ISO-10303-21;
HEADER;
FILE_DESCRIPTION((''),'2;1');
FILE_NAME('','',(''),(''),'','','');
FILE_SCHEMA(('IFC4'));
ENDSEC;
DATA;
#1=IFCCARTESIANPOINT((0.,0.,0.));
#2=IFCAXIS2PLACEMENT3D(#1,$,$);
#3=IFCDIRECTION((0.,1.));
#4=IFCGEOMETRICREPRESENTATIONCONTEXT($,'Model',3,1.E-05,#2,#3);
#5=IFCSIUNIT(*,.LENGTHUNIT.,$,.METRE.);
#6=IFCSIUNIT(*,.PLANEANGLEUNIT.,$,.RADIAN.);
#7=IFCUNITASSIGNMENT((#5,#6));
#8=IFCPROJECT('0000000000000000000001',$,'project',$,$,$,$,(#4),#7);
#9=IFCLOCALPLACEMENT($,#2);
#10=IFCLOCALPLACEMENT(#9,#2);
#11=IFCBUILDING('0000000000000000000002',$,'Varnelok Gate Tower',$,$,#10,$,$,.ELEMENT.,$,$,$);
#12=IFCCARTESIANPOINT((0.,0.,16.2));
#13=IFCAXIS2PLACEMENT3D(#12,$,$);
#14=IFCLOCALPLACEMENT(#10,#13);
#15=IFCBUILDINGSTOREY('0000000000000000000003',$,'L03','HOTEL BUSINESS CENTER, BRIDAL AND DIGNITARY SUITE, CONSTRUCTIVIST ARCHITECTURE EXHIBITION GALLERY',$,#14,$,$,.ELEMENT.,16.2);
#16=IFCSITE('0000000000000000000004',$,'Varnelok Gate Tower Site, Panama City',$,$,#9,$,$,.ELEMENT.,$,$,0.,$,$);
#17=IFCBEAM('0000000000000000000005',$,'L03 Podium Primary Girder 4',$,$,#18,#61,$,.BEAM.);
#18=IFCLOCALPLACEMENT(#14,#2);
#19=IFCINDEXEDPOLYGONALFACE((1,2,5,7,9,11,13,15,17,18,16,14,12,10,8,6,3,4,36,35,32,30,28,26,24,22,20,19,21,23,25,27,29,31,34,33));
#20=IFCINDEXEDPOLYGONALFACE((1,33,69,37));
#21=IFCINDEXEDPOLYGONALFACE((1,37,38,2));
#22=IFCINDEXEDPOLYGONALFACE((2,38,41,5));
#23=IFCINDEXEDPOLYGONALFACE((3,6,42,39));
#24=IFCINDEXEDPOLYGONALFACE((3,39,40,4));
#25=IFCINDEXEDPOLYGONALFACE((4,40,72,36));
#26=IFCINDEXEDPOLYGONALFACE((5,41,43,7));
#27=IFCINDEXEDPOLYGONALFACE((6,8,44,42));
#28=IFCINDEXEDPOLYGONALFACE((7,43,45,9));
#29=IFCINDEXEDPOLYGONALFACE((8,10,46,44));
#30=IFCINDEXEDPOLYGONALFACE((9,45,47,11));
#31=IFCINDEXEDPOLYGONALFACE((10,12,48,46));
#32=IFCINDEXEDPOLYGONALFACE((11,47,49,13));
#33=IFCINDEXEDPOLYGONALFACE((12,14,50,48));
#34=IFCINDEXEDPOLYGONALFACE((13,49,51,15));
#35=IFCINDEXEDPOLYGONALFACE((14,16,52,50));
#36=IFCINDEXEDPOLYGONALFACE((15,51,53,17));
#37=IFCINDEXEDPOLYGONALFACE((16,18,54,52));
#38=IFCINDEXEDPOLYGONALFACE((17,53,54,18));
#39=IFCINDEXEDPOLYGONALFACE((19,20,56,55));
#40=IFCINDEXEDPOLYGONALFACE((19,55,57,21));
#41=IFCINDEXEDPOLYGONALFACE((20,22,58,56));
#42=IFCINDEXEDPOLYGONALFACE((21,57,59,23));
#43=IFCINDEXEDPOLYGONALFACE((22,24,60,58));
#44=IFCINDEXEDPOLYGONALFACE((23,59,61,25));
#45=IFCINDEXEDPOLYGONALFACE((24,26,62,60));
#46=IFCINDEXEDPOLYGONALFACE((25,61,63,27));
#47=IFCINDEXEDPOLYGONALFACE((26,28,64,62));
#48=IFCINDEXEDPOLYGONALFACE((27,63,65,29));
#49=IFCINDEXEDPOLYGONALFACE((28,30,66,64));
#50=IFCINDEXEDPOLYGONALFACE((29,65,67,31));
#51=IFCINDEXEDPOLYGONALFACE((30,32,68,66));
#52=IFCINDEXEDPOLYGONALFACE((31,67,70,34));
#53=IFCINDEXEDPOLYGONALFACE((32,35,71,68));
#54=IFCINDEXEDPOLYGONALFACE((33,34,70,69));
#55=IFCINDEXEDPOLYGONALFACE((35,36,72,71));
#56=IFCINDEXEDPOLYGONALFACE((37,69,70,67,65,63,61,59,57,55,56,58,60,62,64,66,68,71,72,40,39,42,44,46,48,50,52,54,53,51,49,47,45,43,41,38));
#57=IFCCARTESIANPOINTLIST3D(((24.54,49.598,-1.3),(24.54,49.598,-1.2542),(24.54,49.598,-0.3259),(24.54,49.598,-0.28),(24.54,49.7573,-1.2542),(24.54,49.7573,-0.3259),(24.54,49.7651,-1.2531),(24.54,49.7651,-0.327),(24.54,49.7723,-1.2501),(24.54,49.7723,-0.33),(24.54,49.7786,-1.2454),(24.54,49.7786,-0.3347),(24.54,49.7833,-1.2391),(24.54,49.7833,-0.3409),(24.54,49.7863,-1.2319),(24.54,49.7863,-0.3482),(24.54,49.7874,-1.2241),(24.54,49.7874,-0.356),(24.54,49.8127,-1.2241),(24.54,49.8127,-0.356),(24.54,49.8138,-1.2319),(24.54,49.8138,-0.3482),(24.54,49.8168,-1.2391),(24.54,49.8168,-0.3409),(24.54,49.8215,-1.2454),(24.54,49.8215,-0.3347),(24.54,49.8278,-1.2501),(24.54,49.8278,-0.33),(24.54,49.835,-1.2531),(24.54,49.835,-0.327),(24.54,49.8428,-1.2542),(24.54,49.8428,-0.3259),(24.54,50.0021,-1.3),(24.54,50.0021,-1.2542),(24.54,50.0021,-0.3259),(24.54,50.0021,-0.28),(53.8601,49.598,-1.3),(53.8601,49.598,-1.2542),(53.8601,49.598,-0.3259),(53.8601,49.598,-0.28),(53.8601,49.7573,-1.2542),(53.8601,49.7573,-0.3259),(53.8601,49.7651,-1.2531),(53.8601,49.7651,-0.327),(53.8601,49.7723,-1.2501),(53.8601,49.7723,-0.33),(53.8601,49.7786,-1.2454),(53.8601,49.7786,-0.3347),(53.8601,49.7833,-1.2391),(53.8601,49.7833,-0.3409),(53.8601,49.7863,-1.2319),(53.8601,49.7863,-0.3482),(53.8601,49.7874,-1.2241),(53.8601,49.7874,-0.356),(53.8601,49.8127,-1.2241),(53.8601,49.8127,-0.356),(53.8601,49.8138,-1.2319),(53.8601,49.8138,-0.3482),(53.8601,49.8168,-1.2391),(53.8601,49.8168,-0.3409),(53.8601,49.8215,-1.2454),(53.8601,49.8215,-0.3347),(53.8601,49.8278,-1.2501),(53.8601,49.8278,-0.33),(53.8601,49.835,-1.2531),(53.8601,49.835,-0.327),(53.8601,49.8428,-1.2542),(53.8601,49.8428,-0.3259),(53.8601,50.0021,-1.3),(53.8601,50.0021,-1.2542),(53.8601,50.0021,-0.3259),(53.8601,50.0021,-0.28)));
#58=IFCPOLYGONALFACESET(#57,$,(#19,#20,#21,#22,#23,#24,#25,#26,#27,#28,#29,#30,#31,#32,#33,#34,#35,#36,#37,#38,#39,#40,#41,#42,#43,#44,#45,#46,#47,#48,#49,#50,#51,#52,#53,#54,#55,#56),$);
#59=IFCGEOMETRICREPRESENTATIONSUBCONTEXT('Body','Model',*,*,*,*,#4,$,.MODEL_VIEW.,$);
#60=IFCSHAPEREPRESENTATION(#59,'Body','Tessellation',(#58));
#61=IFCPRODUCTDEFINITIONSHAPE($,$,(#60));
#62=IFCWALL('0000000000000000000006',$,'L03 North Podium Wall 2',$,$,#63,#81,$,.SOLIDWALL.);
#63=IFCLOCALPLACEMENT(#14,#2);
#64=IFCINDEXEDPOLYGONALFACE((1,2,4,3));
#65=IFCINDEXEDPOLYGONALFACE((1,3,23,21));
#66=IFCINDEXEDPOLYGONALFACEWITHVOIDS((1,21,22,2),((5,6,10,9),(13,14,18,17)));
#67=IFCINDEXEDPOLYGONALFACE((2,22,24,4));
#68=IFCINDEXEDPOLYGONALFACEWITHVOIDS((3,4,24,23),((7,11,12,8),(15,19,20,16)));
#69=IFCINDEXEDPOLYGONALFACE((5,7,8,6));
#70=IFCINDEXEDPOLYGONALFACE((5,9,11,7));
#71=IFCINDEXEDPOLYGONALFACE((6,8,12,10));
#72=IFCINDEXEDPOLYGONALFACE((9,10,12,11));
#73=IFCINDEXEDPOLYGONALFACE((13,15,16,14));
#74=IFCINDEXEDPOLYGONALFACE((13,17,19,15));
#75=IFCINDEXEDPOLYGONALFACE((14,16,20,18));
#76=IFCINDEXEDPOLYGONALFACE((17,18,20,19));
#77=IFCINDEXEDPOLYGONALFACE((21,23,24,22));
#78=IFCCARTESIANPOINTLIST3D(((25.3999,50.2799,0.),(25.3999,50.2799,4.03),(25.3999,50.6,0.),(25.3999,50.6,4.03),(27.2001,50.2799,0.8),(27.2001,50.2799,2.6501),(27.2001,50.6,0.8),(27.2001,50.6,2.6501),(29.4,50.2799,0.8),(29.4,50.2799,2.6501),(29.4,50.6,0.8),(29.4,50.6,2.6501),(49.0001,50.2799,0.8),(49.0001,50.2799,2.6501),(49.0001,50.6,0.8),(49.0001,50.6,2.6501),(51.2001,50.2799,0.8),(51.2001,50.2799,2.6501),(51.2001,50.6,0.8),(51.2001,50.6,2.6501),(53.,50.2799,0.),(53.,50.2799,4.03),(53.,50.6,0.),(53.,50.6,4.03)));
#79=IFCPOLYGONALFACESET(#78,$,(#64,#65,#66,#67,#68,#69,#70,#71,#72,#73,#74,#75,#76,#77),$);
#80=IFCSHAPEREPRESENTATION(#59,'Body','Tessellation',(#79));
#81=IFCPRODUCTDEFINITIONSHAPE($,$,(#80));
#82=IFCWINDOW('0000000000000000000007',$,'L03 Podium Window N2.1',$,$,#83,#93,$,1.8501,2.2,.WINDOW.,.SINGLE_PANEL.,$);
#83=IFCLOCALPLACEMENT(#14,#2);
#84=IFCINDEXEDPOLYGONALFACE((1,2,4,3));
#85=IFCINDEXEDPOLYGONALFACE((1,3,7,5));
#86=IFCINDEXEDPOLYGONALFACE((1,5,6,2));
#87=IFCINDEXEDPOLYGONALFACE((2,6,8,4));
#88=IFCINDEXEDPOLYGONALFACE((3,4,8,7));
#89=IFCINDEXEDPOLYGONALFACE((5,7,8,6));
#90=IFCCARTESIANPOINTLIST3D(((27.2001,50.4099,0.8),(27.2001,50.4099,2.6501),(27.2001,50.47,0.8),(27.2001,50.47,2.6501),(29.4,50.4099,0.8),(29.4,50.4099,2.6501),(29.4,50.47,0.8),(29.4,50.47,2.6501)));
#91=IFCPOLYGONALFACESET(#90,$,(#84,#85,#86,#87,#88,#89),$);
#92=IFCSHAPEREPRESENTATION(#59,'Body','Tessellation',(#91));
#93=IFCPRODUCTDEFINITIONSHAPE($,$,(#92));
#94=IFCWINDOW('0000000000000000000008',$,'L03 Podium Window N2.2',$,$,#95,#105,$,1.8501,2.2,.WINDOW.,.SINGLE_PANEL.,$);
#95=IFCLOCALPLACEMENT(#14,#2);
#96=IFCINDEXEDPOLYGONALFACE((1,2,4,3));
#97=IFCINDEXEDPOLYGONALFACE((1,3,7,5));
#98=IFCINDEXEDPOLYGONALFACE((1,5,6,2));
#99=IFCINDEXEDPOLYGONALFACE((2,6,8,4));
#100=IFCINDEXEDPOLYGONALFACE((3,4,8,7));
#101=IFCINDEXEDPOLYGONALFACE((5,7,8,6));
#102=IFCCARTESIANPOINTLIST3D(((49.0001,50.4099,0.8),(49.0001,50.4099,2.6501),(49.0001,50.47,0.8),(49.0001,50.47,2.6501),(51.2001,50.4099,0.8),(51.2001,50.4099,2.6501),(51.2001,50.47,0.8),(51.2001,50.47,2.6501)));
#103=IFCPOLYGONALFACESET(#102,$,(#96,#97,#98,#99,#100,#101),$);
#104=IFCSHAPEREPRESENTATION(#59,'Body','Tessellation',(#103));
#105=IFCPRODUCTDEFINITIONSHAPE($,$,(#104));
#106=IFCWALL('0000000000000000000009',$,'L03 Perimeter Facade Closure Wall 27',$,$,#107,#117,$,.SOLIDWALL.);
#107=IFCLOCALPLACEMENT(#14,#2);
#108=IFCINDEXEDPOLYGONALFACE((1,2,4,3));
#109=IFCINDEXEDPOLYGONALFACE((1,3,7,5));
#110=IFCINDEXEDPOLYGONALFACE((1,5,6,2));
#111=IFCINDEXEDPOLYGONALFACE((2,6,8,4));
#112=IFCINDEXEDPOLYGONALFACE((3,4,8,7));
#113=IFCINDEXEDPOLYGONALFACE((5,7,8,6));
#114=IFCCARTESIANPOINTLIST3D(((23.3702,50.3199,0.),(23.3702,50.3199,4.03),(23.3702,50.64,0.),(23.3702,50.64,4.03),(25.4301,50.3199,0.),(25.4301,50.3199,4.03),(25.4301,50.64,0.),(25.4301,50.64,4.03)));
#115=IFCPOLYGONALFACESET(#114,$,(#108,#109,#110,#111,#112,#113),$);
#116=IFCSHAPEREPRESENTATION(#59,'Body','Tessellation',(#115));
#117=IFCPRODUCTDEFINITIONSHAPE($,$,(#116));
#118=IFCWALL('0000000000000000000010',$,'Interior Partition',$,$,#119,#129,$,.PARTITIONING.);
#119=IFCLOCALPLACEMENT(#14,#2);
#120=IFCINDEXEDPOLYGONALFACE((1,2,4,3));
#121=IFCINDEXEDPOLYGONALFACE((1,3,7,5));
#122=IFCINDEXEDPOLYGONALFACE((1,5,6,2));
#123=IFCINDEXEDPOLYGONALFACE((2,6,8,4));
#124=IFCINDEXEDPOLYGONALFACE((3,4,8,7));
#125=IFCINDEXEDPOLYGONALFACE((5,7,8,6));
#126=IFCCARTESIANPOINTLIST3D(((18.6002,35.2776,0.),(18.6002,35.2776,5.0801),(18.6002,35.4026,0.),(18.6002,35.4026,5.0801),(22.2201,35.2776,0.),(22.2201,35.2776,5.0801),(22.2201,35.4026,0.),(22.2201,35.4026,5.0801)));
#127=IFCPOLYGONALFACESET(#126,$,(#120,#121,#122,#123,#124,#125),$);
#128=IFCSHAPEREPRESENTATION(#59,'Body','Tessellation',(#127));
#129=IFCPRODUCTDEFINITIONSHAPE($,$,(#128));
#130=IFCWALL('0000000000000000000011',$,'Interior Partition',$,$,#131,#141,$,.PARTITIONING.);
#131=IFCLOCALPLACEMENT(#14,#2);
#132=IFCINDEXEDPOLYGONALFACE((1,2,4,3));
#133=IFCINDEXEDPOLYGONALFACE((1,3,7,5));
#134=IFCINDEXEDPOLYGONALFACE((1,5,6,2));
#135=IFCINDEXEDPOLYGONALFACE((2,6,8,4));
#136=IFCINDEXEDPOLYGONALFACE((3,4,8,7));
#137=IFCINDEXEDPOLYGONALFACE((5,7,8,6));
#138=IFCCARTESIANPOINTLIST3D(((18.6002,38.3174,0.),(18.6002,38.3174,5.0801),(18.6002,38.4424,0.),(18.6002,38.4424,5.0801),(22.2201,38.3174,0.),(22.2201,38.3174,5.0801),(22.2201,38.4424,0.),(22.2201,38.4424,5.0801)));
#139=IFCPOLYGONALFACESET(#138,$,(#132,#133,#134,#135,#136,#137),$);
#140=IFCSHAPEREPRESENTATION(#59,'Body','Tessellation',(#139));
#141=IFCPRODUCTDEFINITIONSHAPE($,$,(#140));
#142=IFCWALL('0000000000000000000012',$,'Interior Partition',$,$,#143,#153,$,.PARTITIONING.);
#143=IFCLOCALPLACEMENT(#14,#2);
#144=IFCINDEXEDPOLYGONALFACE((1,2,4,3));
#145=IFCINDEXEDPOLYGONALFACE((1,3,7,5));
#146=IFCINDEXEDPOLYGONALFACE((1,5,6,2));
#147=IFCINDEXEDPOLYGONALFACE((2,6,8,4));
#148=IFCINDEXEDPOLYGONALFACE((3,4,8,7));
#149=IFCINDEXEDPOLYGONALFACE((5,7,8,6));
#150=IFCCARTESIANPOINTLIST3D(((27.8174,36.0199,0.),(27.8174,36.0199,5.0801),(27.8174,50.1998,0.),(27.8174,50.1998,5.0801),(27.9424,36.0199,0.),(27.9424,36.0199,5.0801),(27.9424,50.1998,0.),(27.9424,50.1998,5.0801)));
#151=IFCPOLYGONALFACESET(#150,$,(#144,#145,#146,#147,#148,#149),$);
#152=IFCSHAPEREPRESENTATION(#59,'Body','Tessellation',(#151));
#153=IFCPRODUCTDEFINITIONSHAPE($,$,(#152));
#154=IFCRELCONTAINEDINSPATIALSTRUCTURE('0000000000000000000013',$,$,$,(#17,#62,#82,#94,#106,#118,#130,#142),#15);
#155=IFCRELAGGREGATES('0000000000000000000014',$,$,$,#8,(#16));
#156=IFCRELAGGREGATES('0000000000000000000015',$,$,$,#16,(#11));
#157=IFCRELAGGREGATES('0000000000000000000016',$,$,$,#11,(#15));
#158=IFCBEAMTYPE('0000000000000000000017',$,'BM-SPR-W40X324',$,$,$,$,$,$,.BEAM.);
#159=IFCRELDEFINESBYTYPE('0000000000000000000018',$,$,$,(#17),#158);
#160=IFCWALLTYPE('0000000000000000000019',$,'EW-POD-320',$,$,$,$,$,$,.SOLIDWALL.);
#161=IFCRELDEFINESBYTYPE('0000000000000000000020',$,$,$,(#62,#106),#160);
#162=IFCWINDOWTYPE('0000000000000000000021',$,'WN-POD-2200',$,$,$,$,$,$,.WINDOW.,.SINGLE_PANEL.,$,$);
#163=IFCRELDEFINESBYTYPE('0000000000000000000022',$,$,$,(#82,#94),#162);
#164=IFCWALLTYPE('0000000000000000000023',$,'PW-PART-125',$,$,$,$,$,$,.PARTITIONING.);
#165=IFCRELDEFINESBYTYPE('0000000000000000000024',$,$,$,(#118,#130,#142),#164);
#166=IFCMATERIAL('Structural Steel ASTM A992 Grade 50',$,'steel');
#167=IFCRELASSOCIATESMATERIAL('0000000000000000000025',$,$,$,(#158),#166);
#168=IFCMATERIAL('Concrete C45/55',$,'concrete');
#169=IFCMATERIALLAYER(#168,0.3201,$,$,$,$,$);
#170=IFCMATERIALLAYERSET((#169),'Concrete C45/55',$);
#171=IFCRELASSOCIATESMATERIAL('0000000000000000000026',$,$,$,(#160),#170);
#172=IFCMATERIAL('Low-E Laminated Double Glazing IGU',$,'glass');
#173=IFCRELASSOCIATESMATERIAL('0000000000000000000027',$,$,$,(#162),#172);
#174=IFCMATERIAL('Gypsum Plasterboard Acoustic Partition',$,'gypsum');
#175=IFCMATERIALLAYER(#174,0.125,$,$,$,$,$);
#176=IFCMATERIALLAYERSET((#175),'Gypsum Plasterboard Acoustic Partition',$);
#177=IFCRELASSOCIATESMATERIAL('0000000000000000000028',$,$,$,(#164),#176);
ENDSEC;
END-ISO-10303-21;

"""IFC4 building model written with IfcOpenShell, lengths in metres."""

from ifc_helpers import new_model, si_unit, direction, frame, frame_2d, origin, origin_2d, place, context, subcontext, project, spatial, rectangle, i_section, extrude, material, layer, layer_set, material_profile, profile_set, type_object, element, fill, save


model = new_model("IFC4")

# Units and contexts
model_context = context("Model", 3, precision=1e-05, world=origin(), true_north=direction((0.0, 1.0)))
body_context = subcontext(model_context, "Body", "Model", "MODEL_VIEW")
ifc_project = project(units=[si_unit("LENGTHUNIT", "METRE"), si_unit("PLANEANGLEUNIT", "RADIAN")], contexts=[model_context])

# Site, building, storey
site_placement = place(None, origin())
site = spatial("IfcSite", under=ifc_project, at=site_placement, Name="Varnelok Gate Tower Site, Panama City", CompositionType="ELEMENT", RefElevation=0.0)
building_placement = place(site_placement, origin())
building = spatial("IfcBuilding", under=site, at=building_placement, Name="Varnelok Gate Tower", CompositionType="ELEMENT")
storey_placement = place(building_placement, frame((0.0, 0.0, 16.2)))
storey = spatial("IfcBuildingStorey", under=building, at=storey_placement, Name="L03", Description="HOTEL BUSINESS CENTER, BRIDAL AND DIGNITARY SUITE, CONSTRUCTIVIST ARCHITECTURE EXHIBITION GALLERY", CompositionType="ELEMENT", Elevation=16.2)

# Beam
ifc_material_1 = material(Name="Structural Steel ASTM A992 Grade 50", Category="steel")
ifc_material_profile_1 = material_profile(ifc_material_1, i_section(OverallWidth=0.4041, OverallDepth=1.02, WebThickness=0.0254, FlangeThickness=0.0459, FilletRadius=0.03, at=origin_2d()), Name="W40X324")
ifc_profile_set_1 = profile_set([ifc_material_profile_1], Name="Structural Steel ASTM A992 Grade 50")
beam_type_1 = type_object("IfcBeamType", Name="BM-SPR-W40X324", PredefinedType="BEAM", material=ifc_profile_set_1)
beam_1_placement = place(storey_placement, frame((24.54, 49.8, -0.79), z_axis=(1.0, 0.0, 0.0), x_axis=(0.0, 1.0, 0.0)))
element("IfcBeam", 1, at=beam_1_placement, inside=storey, type_object=beam_type_1, Name="L03 Podium Primary Girder 4", PredefinedType="BEAM", context=body_context, shape_type="SweptSolid", body=[
    extrude(i_section(OverallWidth=0.4041, OverallDepth=1.02, WebThickness=0.0254, FlangeThickness=0.0459, FilletRadius=0.03, at=origin_2d()), origin(), (0.0, 0.0, 1.0), 29.3201),
])

# Wall, openings, windows
ifc_material_2 = material(Name="Concrete C45/55", Category="concrete")
ifc_layer_1 = layer(ifc_material_2, 0.3201)
ifc_layer_set_1 = layer_set([ifc_layer_1], Name="Concrete C45/55")
wall_type_1 = type_object("IfcWallType", Name="EW-POD-320", PredefinedType="SOLIDWALL", material=ifc_layer_set_1)
wall_1_placement = place(storey_placement, frame((25.3999, 50.4399, 0.0), z_axis=(0.0, 0.0, 1.0), x_axis=(1.0, 0.0, 0.0)))
wall_1 = element("IfcWall", 2, at=wall_1_placement, inside=storey, type_object=wall_type_1, Name="L03 North Podium Wall 2", PredefinedType="SOLIDWALL", context=body_context, shape_type="SweptSolid", body=[
    extrude(rectangle(XDim=27.6001, YDim=0.3201, at=frame_2d((13.8, 0.0))), origin(), (0.0, 0.0, 1.0), 4.03),
])
opening_1_placement = place(wall_1_placement, frame((1.8, 0.0, 0.8)))
opening_1 = element("IfcOpeningElement", 3, at=opening_1_placement, cuts=wall_1, PredefinedType="OPENING", context=body_context, shape_type="SweptSolid", body=[
    extrude(rectangle(XDim=2.2, YDim=1.8501, at=frame_2d((1.1001, 0.925))), frame((0.0, 0.1699, 0.0), z_axis=(0.0, -1.0, 0.0), x_axis=(1.0, 0.0, 0.0)), (0.0, 0.0, 1.0), 0.3401),
])
opening_2_placement = place(wall_1_placement, frame((23.6001, 0.0, 0.8)))
opening_2 = element("IfcOpeningElement", 4, at=opening_2_placement, cuts=wall_1, PredefinedType="OPENING", context=body_context, shape_type="SweptSolid", body=[
    extrude(rectangle(XDim=2.2, YDim=1.8501, at=frame_2d((1.1001, 0.925))), frame((0.0, 0.1699, 0.0), z_axis=(0.0, -1.0, 0.0), x_axis=(1.0, 0.0, 0.0)), (0.0, 0.0, 1.0), 0.3401),
])
ifc_material_3 = material(Name="Low-E Laminated Double Glazing IGU", Category="glass")
window_type = type_object("IfcWindowType", Name="WN-POD-2200", PartitioningType="SINGLE_PANEL", PredefinedType="WINDOW", material=ifc_material_3)
window_1_placement = place(opening_1_placement, origin())
window_1 = element("IfcWindow", 5, at=window_1_placement, inside=storey, type_object=window_type, Name="L03 Podium Window N2.1", OverallHeight=1.8501, OverallWidth=2.2, PartitioningType="SINGLE_PANEL", PredefinedType="WINDOW", context=body_context, shape_type="SweptSolid", body=[
    extrude(rectangle(XDim=2.2, YDim=1.8501, at=frame_2d((1.1001, 0.925))), frame((0.0, 0.03, 0.0), z_axis=(0.0, -1.0, 0.0), x_axis=(1.0, 0.0, 0.0)), (0.0, 0.0, 1.0), 0.0601),
])
fill(opening_1, window_1)
window_2_placement = place(opening_2_placement, origin())
window_2 = element("IfcWindow", 6, at=window_2_placement, inside=storey, type_object=window_type, Name="L03 Podium Window N2.2", OverallHeight=1.8501, OverallWidth=2.2, PartitioningType="SINGLE_PANEL", PredefinedType="WINDOW", context=body_context, shape_type="SweptSolid", body=[
    extrude(rectangle(XDim=2.2, YDim=1.8501, at=frame_2d((1.1001, 0.925))), frame((0.0, 0.03, 0.0), z_axis=(0.0, -1.0, 0.0), x_axis=(1.0, 0.0, 0.0)), (0.0, 0.0, 1.0), 0.0601),
])
fill(opening_2, window_2)

# Walls
wall_2_placement = place(storey_placement, frame((25.4299, 50.48, 0.0), z_axis=(0.0, 0.0, 1.0), x_axis=(-1.0, 0.0, 0.0)))
element("IfcWall", 7, at=wall_2_placement, inside=storey, type_object=wall_type_1, Name="L03 Perimeter Facade Closure Wall 27", PredefinedType="SOLIDWALL", context=body_context, shape_type="SweptSolid", body=[
    extrude(rectangle(XDim=2.0598, YDim=0.3201, at=frame_2d((1.0298, 0.0))), origin(), (0.0, 0.0, 1.0), 4.03),
])
ifc_material_4 = material(Name="Gypsum Plasterboard Acoustic Partition", Category="gypsum")
ifc_layer_2 = layer(ifc_material_4, 0.125)
ifc_layer_set_2 = layer_set([ifc_layer_2], Name="Gypsum Plasterboard Acoustic Partition")
wall_type_2 = type_object("IfcWallType", Name="PW-PART-125", PredefinedType="PARTITIONING", material=ifc_layer_set_2)
for number, where, z_axis, x_axis, name in (
    (8, (18.6001, 35.3401, 0.0), (0.0, 0.0, 1.0), (1.0, 0.0, 0.0), "Interior Partition"),
    (9, (18.6001, 38.3799, 0.0), (0.0, 0.0, 1.0), (1.0, 0.0, 0.0), "Interior Partition"),
):
    element("IfcWall", number, at=place(storey_placement, frame(where, z_axis=z_axis, x_axis=x_axis)), inside=storey, type_object=wall_type_2, Name=name, PredefinedType="PARTITIONING", context=body_context, shape_type="SweptSolid", body=[
        extrude(rectangle(XDim=3.6199, YDim=0.125, at=frame_2d((1.8101, 0.0))), origin(), (0.0, 0.0, 1.0), 5.0801),
    ])
wall_3_placement = place(storey_placement, frame((27.8799, 36.02, 0.0), z_axis=(0.0, 0.0, 1.0), x_axis=(0.0, 1.0, 0.0)))
element("IfcWall", 10, at=wall_3_placement, inside=storey, type_object=wall_type_2, Name="Interior Partition", PredefinedType="PARTITIONING", context=body_context, shape_type="SweptSolid", body=[
    extrude(rectangle(XDim=14.1799, YDim=0.125, at=frame_2d((7.0898, 0.0))), origin(), (0.0, 0.0, 1.0), 5.0801),
])

save(model, "model.ifc")
